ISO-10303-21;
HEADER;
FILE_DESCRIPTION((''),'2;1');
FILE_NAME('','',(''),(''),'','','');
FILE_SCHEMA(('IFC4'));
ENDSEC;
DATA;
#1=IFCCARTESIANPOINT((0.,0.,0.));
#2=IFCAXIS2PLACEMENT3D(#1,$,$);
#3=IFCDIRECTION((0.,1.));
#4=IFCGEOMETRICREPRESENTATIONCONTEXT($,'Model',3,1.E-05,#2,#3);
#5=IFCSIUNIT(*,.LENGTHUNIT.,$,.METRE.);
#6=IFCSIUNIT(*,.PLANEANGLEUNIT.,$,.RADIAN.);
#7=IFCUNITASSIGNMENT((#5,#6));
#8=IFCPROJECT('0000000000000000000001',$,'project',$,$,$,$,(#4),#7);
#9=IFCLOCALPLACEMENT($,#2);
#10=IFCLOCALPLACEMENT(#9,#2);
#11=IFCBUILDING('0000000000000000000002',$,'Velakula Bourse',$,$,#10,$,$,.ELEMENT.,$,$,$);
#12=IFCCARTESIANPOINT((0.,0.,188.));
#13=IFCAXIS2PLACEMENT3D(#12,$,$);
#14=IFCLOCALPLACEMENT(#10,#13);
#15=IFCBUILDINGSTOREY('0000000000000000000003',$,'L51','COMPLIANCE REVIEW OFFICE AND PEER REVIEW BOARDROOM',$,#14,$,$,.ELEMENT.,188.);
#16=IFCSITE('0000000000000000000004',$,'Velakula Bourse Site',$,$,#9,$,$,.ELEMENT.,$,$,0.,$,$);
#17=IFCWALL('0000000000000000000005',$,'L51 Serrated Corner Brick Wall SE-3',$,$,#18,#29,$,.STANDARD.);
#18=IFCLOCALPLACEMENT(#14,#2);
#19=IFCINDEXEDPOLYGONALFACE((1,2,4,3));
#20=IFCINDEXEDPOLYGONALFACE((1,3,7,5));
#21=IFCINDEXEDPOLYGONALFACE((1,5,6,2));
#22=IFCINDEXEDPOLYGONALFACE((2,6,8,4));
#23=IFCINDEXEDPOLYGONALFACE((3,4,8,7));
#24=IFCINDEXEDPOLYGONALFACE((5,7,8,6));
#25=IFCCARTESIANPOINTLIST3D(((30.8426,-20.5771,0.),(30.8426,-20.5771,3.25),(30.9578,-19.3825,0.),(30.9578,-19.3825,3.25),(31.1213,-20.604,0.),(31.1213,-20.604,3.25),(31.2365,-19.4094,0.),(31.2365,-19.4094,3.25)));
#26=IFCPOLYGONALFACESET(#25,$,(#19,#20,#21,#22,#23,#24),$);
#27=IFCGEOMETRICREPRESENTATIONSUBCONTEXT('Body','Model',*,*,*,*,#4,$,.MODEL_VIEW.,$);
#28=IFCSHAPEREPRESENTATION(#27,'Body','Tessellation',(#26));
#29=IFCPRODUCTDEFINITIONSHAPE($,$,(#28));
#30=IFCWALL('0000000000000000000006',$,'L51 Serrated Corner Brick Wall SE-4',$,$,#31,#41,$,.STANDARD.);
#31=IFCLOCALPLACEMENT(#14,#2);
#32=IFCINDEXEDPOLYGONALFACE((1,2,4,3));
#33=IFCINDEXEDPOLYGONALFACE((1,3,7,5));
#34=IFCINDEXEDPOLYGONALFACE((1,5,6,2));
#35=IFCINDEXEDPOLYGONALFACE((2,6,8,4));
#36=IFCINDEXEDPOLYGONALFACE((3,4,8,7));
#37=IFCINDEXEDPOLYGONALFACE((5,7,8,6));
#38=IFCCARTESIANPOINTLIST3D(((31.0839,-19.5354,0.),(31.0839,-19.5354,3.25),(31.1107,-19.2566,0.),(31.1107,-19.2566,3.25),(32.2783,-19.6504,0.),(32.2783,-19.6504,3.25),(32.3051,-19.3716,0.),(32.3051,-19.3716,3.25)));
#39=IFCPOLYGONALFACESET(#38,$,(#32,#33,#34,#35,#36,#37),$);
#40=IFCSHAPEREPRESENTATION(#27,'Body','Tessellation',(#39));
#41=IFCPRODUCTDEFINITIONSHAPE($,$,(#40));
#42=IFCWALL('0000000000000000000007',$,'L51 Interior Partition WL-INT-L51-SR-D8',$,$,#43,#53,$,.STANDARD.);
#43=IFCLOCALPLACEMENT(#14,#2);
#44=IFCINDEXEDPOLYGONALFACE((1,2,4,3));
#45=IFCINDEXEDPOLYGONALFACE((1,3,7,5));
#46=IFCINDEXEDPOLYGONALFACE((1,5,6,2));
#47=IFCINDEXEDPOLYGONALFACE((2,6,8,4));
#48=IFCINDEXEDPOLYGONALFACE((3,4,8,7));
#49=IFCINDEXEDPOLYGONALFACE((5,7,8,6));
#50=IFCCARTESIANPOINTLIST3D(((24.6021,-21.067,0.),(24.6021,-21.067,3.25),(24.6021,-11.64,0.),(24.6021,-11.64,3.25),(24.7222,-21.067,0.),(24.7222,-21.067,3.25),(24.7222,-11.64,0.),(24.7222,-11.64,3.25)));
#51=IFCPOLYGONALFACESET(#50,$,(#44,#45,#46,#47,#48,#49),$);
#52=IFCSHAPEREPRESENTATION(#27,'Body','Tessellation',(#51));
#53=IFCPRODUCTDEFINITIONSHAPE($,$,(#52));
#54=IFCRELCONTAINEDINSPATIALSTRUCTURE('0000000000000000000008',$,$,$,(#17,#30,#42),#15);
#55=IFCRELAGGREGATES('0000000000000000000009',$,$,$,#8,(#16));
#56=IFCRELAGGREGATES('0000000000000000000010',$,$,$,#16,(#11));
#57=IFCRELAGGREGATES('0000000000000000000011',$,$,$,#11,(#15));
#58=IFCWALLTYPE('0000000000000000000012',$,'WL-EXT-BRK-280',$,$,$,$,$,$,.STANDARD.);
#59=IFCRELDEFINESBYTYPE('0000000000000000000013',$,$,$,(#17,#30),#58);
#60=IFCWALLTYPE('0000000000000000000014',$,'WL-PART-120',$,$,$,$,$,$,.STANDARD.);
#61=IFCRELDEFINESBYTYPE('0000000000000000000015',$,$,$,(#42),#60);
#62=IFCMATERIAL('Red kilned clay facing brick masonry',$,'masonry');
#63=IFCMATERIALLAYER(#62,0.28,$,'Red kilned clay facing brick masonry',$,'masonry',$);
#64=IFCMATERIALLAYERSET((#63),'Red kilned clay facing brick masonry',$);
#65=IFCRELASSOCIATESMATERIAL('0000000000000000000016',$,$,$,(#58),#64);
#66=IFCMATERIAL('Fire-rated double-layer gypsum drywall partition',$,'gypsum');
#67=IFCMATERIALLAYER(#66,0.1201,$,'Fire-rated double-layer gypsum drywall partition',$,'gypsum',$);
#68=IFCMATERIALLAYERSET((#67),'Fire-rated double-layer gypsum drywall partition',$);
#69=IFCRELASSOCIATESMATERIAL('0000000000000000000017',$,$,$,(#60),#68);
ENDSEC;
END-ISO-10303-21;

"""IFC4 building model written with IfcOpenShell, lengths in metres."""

from ifc_helpers import new_model, si_unit, direction, frame, frame_2d, origin, place, context, subcontext, project, spatial, rectangle, extrude, material, layer, layer_set, type_object, element, save


model = new_model("IFC4")

# Units and contexts
model_context = context("Model", 3, precision=1e-05, world=origin(), true_north=direction((0.0, 1.0)))
body_context = subcontext(model_context, "Body", "Model", "MODEL_VIEW")
ifc_project = project(units=[si_unit("LENGTHUNIT", "METRE"), si_unit("PLANEANGLEUNIT", "RADIAN")], contexts=[model_context])

# Site, building, storey
site_placement = place(None, origin())
site = spatial("IfcSite", under=ifc_project, at=site_placement, Name="Velakula Bourse Site", CompositionType="ELEMENT", RefElevation=0.0)
building_placement = place(site_placement, origin())
building = spatial("IfcBuilding", under=site, at=building_placement, Name="Velakula Bourse", CompositionType="ELEMENT")
storey_placement = place(building_placement, frame((0.0, 0.0, 188.0)))
storey = spatial("IfcBuildingStorey", under=building, at=storey_placement, Name="L51", Description="COMPLIANCE REVIEW OFFICE AND PEER REVIEW BOARDROOM", CompositionType="ELEMENT", Elevation=188.0)

# Shared definitions
ifc_material_1 = material(Name="Red kilned clay facing brick masonry", Category="masonry")
ifc_layer_1 = layer(ifc_material_1, 0.28, Name="Red kilned clay facing brick masonry", Category="masonry")
ifc_layer_set_1 = layer_set([ifc_layer_1], Name="Red kilned clay facing brick masonry")
wall_type_1 = type_object("IfcWallType", Name="WL-EXT-BRK-280", PredefinedType="STANDARD", material=ifc_layer_set_1)

# Walls
wall_1_placement = place(storey_placement, frame((30.9819, -20.5906, 0.0), z_axis=(0.0, 0.0, 1.0), x_axis=(0.096019, 0.99538, 0.0)))
element("IfcWall", 1, at=wall_1_placement, inside=storey, type_object=wall_type_1, Name="L51 Serrated Corner Brick Wall SE-3", PredefinedType="STANDARD", context=body_context, shape_type="SweptSolid", body=[
    extrude(rectangle(XDim=1.2002, YDim=0.28, at=frame_2d((0.6001, 0.0))), origin(), (0.0, 0.0, 1.0), 3.25),
])
wall_2_placement = place(storey_placement, frame((31.0972, -19.396, 0.0), z_axis=(0.0, 0.0, 1.0), x_axis=(0.995397, -0.095836, 0.0)))
element("IfcWall", 2, at=wall_2_placement, inside=storey, type_object=wall_type_1, Name="L51 Serrated Corner Brick Wall SE-4", PredefinedType="STANDARD", context=body_context, shape_type="SweptSolid", body=[
    extrude(rectangle(XDim=1.2, YDim=0.28, at=frame_2d((0.6001, 0.0))), origin(), (0.0, 0.0, 1.0), 3.25),
])
ifc_material_2 = material(Name="Fire-rated double-layer gypsum drywall partition", Category="gypsum")
ifc_layer_2 = layer(ifc_material_2, 0.1201, Name="Fire-rated double-layer gypsum drywall partition", Category="gypsum")
ifc_layer_set_2 = layer_set([ifc_layer_2], Name="Fire-rated double-layer gypsum drywall partition")
wall_type_2 = type_object("IfcWallType", Name="WL-PART-120", PredefinedType="STANDARD", material=ifc_layer_set_2)
wall_3_placement = place(storey_placement, frame((24.6621, -21.0669, 0.0), z_axis=(0.0, 0.0, 1.0), x_axis=(0.0, 1.0, 0.0)))
element("IfcWall", 3, at=wall_3_placement, inside=storey, type_object=wall_type_2, Name="L51 Interior Partition WL-INT-L51-SR-D8", PredefinedType="STANDARD", context=body_context, shape_type="SweptSolid", body=[
    extrude(rectangle(XDim=9.427, YDim=0.1201, at=frame_2d((4.7134, 0.0))), origin(), (0.0, 0.0, 1.0), 3.25),
])

save(model, "model.ifc")
